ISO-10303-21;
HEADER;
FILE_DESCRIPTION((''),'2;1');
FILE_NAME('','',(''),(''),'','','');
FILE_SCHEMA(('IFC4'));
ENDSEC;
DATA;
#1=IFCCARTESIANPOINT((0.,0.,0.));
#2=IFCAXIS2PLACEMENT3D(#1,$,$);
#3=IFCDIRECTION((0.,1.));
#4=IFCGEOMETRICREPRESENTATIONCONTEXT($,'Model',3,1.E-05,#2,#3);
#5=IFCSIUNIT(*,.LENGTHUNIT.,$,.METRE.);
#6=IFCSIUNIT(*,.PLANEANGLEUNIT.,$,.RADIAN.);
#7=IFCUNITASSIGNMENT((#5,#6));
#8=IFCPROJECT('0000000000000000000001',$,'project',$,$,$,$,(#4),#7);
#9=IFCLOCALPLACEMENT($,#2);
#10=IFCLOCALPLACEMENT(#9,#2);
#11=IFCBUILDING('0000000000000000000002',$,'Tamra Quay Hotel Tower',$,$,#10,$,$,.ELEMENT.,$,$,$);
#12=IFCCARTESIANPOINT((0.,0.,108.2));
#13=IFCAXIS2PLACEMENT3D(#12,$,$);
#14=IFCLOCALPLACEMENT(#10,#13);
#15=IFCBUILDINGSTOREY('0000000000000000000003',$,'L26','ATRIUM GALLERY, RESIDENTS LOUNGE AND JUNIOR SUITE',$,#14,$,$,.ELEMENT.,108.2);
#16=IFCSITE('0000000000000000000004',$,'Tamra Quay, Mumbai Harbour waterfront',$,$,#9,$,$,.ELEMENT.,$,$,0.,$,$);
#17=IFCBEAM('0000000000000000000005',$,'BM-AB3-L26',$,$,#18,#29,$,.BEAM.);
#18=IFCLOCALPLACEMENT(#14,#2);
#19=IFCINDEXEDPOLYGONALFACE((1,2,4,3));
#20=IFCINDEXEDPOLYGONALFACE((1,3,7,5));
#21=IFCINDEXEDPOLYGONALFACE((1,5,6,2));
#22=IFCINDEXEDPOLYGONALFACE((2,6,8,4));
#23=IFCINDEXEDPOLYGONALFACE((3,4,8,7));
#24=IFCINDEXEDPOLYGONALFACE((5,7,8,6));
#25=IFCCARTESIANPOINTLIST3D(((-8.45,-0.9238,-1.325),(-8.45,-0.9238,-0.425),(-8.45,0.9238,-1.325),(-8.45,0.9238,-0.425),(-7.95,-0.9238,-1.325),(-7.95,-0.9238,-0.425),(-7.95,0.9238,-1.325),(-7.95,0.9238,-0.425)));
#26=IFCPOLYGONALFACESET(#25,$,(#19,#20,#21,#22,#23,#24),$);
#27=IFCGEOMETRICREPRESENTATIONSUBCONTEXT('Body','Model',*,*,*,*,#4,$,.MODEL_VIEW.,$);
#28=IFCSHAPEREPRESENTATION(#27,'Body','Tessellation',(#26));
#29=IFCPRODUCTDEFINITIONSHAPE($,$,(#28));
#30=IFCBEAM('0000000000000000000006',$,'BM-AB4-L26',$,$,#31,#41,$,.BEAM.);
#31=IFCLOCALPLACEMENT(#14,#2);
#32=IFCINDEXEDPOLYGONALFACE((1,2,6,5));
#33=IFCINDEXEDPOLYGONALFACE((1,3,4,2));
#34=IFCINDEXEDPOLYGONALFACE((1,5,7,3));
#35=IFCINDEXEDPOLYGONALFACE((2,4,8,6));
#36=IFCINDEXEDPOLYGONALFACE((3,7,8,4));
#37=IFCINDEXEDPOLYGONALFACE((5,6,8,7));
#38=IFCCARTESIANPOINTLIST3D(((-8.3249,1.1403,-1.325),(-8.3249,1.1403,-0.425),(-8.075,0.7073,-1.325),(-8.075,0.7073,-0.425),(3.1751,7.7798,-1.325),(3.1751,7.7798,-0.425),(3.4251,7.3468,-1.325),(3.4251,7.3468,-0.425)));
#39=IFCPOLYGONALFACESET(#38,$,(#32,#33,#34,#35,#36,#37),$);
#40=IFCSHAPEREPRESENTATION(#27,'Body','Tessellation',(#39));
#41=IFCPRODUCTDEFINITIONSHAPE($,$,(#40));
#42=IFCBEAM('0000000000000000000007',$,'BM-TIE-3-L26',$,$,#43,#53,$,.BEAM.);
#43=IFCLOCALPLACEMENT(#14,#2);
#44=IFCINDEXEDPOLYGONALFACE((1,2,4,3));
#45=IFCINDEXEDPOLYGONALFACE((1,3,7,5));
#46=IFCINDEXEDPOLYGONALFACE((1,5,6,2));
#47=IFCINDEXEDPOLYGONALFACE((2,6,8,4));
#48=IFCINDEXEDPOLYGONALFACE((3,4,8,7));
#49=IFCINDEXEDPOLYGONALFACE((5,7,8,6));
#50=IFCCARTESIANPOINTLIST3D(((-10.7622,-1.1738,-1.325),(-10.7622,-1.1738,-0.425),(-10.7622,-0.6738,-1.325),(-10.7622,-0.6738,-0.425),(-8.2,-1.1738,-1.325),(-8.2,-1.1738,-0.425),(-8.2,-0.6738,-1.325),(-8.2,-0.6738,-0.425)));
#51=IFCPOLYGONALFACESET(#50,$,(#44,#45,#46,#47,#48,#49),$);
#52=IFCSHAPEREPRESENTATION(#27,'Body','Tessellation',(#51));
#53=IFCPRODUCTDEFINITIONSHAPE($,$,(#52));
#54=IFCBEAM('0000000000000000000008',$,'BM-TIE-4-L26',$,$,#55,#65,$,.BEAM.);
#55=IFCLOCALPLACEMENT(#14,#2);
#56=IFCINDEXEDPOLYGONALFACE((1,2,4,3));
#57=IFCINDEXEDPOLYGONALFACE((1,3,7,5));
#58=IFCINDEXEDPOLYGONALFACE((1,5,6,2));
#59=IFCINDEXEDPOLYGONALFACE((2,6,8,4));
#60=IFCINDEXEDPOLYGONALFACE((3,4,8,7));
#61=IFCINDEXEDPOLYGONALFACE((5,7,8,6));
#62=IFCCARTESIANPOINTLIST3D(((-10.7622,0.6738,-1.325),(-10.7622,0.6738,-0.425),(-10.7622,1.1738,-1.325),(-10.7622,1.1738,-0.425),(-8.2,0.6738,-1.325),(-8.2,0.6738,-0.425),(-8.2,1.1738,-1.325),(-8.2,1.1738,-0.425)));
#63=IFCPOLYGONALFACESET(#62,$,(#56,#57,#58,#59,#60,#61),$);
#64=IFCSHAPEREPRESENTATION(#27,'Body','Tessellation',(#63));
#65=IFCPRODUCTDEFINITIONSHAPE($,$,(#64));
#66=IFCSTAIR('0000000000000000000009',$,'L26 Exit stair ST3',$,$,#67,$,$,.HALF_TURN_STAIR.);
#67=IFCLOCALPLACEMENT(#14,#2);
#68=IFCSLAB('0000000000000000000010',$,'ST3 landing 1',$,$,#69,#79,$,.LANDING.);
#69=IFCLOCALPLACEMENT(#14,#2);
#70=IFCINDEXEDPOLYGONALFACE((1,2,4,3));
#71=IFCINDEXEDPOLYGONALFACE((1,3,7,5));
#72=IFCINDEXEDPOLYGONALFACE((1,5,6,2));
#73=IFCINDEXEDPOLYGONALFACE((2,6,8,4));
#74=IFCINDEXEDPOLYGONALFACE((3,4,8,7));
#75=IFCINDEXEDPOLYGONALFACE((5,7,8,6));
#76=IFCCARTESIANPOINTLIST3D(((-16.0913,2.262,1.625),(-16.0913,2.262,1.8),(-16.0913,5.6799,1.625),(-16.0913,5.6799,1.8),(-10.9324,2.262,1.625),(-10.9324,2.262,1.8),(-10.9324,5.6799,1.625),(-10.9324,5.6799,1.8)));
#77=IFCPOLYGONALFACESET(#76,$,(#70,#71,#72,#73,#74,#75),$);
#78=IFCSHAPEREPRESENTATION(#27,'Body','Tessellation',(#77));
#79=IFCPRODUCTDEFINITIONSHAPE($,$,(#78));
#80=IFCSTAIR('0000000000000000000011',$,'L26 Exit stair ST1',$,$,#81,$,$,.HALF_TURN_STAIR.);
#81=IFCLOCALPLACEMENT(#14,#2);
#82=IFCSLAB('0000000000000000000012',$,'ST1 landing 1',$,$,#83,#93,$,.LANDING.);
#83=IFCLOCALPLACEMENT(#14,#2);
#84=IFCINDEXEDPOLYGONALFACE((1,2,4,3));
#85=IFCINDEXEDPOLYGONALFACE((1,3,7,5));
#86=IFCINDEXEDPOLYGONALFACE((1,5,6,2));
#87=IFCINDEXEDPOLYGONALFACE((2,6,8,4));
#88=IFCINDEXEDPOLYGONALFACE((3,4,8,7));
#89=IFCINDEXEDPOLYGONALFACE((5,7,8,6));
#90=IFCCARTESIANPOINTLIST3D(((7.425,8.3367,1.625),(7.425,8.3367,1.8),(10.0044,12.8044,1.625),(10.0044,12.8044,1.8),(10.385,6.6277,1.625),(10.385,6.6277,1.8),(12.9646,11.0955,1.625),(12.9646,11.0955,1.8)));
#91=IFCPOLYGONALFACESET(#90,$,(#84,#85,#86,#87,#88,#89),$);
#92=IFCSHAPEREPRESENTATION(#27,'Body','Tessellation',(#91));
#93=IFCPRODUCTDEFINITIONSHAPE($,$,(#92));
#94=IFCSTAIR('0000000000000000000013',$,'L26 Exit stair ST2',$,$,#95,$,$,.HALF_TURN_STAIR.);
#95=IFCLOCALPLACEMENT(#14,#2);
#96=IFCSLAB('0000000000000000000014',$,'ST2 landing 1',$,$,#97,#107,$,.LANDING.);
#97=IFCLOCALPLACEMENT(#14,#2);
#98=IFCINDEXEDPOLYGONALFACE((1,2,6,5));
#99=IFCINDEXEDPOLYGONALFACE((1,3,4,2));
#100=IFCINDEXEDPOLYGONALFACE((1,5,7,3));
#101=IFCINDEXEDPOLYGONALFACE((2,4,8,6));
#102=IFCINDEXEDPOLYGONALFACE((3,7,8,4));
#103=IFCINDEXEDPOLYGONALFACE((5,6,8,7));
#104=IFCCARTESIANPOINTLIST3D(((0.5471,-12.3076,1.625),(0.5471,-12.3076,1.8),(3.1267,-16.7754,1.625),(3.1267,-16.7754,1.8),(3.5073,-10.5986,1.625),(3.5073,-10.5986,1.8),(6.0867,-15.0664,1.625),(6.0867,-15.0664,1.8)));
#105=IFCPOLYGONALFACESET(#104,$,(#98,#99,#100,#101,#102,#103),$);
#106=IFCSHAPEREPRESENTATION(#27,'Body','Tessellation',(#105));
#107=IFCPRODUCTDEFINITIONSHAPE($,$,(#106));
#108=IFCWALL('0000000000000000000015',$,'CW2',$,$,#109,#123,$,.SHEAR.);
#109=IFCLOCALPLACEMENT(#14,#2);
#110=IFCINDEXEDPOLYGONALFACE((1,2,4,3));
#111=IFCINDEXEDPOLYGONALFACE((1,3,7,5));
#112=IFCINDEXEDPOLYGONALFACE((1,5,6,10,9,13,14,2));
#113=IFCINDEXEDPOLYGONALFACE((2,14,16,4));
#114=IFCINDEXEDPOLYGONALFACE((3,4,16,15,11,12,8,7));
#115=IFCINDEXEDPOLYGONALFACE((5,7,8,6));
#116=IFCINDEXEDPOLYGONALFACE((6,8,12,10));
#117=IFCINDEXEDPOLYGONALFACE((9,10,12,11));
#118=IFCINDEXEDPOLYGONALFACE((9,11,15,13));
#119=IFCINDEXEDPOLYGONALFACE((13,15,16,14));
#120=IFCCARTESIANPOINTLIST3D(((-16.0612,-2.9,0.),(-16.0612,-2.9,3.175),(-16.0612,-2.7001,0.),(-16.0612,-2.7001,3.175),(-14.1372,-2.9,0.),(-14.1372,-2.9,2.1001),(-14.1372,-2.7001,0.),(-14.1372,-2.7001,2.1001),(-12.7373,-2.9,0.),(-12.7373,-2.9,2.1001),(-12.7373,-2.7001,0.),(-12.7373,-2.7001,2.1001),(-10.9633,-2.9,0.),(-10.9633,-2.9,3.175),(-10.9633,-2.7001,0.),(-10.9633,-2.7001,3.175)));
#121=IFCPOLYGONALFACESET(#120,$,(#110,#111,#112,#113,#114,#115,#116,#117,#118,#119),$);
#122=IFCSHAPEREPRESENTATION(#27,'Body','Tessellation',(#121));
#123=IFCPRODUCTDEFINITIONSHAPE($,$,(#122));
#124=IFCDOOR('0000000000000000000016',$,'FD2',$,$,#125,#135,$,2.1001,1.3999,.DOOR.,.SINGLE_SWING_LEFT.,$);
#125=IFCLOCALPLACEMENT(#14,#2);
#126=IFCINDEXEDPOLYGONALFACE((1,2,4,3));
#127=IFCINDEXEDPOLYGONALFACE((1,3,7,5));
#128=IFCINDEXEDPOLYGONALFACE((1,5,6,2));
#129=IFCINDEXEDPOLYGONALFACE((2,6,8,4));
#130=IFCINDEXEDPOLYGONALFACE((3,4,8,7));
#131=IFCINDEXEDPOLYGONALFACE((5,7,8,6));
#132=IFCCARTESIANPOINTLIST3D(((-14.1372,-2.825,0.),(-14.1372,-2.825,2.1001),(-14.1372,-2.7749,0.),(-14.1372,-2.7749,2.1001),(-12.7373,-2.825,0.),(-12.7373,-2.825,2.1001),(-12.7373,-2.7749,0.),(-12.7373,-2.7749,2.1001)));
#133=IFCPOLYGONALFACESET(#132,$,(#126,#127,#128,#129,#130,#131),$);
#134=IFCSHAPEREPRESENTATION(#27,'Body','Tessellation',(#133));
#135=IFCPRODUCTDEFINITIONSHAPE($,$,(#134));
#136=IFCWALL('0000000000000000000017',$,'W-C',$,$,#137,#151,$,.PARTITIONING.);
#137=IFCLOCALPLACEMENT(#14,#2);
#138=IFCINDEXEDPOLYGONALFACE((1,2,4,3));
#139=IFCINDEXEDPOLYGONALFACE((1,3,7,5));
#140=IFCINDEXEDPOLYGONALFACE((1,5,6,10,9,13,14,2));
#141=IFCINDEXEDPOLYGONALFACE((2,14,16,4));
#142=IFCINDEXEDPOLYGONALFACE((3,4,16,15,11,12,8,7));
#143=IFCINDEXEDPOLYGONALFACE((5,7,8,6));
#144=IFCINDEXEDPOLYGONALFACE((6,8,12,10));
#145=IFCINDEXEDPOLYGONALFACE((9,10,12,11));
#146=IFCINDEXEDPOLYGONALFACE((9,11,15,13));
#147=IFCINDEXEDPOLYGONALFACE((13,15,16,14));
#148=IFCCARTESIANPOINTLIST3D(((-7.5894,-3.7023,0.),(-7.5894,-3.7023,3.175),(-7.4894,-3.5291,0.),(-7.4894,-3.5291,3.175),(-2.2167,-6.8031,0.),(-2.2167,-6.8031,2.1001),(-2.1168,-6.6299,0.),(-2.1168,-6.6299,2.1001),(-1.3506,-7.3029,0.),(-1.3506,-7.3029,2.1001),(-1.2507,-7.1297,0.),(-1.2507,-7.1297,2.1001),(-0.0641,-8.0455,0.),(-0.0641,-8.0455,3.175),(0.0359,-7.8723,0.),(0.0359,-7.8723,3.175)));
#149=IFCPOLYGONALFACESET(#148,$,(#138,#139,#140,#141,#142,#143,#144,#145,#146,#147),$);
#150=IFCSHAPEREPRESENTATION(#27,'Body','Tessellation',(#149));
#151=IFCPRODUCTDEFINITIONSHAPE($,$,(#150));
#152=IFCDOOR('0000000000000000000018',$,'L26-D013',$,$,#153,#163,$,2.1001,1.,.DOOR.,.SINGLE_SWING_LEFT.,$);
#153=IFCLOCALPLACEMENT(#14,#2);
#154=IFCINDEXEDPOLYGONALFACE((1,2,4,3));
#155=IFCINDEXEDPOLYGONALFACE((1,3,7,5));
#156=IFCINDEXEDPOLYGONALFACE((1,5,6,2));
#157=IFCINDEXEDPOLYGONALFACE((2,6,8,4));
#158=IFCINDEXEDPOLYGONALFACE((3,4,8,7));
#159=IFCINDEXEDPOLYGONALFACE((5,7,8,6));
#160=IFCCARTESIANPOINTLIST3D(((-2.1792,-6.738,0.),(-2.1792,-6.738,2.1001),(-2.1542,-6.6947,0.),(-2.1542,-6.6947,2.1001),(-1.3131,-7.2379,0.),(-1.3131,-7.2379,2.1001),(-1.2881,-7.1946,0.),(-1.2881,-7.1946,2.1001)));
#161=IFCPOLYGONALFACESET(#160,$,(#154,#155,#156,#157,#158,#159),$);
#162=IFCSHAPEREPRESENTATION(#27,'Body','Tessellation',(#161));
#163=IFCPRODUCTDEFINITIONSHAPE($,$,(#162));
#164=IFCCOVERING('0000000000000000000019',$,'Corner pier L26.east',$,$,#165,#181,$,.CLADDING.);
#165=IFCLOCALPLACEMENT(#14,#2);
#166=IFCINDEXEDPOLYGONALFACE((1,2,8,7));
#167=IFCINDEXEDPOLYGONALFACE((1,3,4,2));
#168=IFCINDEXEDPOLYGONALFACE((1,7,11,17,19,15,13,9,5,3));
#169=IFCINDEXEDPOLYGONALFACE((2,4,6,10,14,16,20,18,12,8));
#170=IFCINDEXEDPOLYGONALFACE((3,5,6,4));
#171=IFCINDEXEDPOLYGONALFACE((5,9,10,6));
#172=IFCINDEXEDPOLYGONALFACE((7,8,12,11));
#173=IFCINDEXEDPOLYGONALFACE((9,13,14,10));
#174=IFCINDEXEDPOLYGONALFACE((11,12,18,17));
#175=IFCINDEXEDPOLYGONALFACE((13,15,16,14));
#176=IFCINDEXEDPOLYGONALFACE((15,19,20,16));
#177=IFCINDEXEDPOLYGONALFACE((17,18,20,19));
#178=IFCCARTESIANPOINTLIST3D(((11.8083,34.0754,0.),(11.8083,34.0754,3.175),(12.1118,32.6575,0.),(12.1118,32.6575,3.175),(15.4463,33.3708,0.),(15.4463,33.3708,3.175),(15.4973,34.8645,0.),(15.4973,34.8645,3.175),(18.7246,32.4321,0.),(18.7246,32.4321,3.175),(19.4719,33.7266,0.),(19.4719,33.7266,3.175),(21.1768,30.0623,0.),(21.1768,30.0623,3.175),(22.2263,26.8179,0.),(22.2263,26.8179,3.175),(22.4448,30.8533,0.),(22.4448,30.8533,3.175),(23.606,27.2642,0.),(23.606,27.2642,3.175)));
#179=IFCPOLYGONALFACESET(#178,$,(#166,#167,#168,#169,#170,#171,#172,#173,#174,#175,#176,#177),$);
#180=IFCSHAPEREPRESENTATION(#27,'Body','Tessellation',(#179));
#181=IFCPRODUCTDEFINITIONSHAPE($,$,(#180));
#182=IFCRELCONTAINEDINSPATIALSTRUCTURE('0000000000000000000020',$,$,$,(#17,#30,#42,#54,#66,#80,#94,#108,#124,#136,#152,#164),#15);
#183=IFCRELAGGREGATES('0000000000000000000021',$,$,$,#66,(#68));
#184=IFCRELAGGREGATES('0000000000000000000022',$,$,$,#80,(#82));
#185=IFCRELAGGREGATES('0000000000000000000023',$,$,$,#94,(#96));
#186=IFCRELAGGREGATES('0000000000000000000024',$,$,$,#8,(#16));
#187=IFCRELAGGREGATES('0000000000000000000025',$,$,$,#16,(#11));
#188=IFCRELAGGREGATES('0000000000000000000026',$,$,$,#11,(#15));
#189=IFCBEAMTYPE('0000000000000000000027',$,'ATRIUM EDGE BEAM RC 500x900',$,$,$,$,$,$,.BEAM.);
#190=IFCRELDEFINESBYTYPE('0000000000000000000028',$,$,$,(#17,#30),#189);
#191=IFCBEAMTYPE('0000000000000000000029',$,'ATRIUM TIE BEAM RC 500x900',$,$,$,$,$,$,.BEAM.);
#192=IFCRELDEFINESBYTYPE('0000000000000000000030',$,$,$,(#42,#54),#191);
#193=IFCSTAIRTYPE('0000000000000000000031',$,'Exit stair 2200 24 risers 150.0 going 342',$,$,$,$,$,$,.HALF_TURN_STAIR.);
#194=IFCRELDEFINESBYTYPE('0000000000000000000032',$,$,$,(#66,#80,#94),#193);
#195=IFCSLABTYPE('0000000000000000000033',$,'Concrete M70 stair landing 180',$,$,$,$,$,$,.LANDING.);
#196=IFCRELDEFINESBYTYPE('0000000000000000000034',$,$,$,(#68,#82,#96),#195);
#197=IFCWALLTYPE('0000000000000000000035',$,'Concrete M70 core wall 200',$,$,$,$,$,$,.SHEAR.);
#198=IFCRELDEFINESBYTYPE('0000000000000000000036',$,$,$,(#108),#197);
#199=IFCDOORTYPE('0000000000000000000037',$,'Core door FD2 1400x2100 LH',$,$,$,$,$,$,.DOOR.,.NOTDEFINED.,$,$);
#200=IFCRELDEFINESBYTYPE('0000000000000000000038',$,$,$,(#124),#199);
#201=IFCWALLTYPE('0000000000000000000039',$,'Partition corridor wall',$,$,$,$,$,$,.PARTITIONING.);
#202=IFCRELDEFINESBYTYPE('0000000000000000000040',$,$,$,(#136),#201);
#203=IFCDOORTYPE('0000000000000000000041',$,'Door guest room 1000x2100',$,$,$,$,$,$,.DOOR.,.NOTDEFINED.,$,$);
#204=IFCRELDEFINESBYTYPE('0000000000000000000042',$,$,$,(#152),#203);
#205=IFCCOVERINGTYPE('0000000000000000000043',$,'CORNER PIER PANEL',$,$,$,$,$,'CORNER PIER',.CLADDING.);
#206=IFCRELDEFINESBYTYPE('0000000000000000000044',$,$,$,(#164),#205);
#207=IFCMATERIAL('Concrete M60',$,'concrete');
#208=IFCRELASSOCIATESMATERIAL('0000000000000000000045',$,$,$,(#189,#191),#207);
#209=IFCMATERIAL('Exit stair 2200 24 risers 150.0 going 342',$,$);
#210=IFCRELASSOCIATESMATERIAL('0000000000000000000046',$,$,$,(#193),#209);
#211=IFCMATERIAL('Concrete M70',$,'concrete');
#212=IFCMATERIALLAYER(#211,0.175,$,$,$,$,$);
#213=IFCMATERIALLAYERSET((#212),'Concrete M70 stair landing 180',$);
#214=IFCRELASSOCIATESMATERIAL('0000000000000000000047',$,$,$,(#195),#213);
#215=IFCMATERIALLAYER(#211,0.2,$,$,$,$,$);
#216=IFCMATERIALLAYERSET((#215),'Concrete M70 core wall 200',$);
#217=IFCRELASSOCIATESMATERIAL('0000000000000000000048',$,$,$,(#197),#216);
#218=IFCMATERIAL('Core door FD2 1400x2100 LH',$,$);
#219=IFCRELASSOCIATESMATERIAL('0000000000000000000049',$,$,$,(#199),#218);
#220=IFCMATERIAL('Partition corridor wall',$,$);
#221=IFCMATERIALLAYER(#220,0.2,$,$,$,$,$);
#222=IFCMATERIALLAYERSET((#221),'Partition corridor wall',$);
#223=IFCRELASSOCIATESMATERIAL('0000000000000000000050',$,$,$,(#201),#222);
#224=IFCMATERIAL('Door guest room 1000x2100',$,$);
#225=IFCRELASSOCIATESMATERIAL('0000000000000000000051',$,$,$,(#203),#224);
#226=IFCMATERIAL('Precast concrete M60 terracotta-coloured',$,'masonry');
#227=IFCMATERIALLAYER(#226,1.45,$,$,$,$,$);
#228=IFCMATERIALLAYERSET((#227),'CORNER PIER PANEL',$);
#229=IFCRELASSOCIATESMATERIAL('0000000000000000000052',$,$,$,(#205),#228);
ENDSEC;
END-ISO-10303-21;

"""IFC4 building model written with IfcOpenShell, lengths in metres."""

from ifc_helpers import new_model, si_unit, direction, frame, frame_2d, origin, origin_2d, place, context, subcontext, project, spatial, polyline, rectangle, outline, extrude, material, layer, layer_set, material_profile, profile_set, type_object, element, fill, aggregate, save


model = new_model("IFC4")

# Units and contexts
model_context = context("Model", 3, precision=1e-05, world=origin(), true_north=direction((0.0, 1.0)))
body_context = subcontext(model_context, "Body", "Model", "MODEL_VIEW")
ifc_project = project(units=[si_unit("LENGTHUNIT", "METRE"), si_unit("PLANEANGLEUNIT", "RADIAN")], contexts=[model_context])

# Site, building, storey
site_placement = place(None, origin())
site = spatial("IfcSite", under=ifc_project, at=site_placement, Name="Tamra Quay, Mumbai Harbour waterfront", CompositionType="ELEMENT", RefElevation=0.0)
building_placement = place(site_placement, origin())
building = spatial("IfcBuilding", under=site, at=building_placement, Name="Tamra Quay Hotel Tower", CompositionType="ELEMENT")
storey_placement = place(building_placement, frame((0.0, 0.0, 108.2)))
storey = spatial("IfcBuildingStorey", under=building, at=storey_placement, Name="L26", Description="ATRIUM GALLERY, RESIDENTS LOUNGE AND JUNIOR SUITE", CompositionType="ELEMENT", Elevation=108.2)

# Beams
ifc_material_1 = material(Name="Concrete M60", Category="concrete")
ifc_material_profile_1 = material_profile(ifc_material_1, rectangle(XDim=0.5, YDim=0.8999, at=origin_2d()), Name="ATRIUM EDGE BEAM RC 500x900")
ifc_profile_set_1 = profile_set([ifc_material_profile_1], Name="Concrete M60")
beam_type_1 = type_object("IfcBeamType", Name="ATRIUM EDGE BEAM RC 500x900", PredefinedType="BEAM", material=ifc_profile_set_1)
beam_1_placement = place(storey_placement, frame((-8.2, -0.9238, -0.875), z_axis=(0.0, 1.0, 0.0), x_axis=(-1.0, 0.0, 0.0)))
element("IfcBeam", 1, at=beam_1_placement, inside=storey, type_object=beam_type_1, Name="BM-AB3-L26", PredefinedType="BEAM", context=body_context, shape_type="SweptSolid", body=[
    extrude(rectangle(XDim=0.5, YDim=0.8999, at=origin_2d()), origin(), (0.0, 0.0, 1.0), 1.8477),
])
beam_2_placement = place(storey_placement, frame((-8.2, 0.9238, -0.875), z_axis=(0.866029, 0.499993, 0.0), x_axis=(-0.499993, 0.866029, 0.0)))
element("IfcBeam", 2, at=beam_2_placement, inside=storey, type_object=beam_type_1, Name="BM-AB4-L26", PredefinedType="BEAM", context=body_context, shape_type="SweptSolid", body=[
    extrude(rectangle(XDim=0.5, YDim=0.8999, at=origin_2d()), origin(), (0.0, 0.0, 1.0), 13.2791),
])
ifc_material_profile_2 = material_profile(ifc_material_1, rectangle(XDim=0.5, YDim=0.8999, at=origin_2d()), Name="ATRIUM TIE BEAM RC 500x900")
ifc_profile_set_2 = profile_set([ifc_material_profile_2], Name="Concrete M60")
beam_type_2 = type_object("IfcBeamType", Name="ATRIUM TIE BEAM RC 500x900", PredefinedType="BEAM", material=ifc_profile_set_2)
for number, where, z_axis, x_axis, name in (
    (3, (-8.2, -0.9238, -0.875), (-1.0, 0.0, 0.0), (0.0, -1.0, 0.0), "BM-TIE-3-L26"),
    (4, (-8.2, 0.9238, -0.875), (-1.0, 0.0, 0.0), (0.0, -1.0, 0.0), "BM-TIE-4-L26"),
):
    element("IfcBeam", number, at=place(storey_placement, frame(where, z_axis=z_axis, x_axis=x_axis)), inside=storey, type_object=beam_type_2, Name=name, PredefinedType="BEAM", context=body_context, shape_type="SweptSolid", body=[
        extrude(rectangle(XDim=0.5, YDim=0.8999, at=origin_2d()), origin(), (0.0, 0.0, 1.0), 2.5623),
    ])

# Stairs, slabs
ifc_material_2 = material(Name="Exit stair 2200 24 risers 150.0 going 342")
stair_type = type_object("IfcStairType", Name="Exit stair 2200 24 risers 150.0 going 342", PredefinedType="HALF_TURN_STAIR", material=ifc_material_2)
stair_1_placement = place(storey_placement, origin())
stair_1 = element("IfcStair", 5, at=stair_1_placement, inside=storey, type_object=stair_type, Name="L26 Exit stair ST3", PredefinedType="HALF_TURN_STAIR")
ifc_material_3 = material(Name="Concrete M70", Category="concrete")
ifc_layer_1 = layer(ifc_material_3, 0.175)
ifc_layer_set_1 = layer_set([ifc_layer_1], Name="Concrete M70 stair landing 180")
slab_type_1 = type_object("IfcSlabType", Name="Concrete M70 stair landing 180", PredefinedType="LANDING", material=ifc_layer_set_1)
slab_1_placement = place(storey_placement, frame((0.0, 0.0, 1.625)))
slab_1 = element("IfcSlab", 6, at=slab_1_placement, type_object=slab_type_1, Name="ST3 landing 1", PredefinedType="LANDING", context=body_context, shape_type="SweptSolid", body=[
    extrude(outline(polyline([(-10.9324, 2.262), (-10.9324, 5.6799), (-16.0913, 5.6799), (-16.0913, 2.262), (-10.9324, 2.262)])), origin(), (0.0, 0.0, 1.0), 0.175),
])
aggregate(stair_1, [slab_1])
stair_2_placement = place(storey_placement, origin())
stair_2 = element("IfcStair", 7, at=stair_2_placement, inside=storey, type_object=stair_type, Name="L26 Exit stair ST1", PredefinedType="HALF_TURN_STAIR")
slab_2_placement = place(storey_placement, frame((0.0, 0.0, 1.625)))
slab_2 = element("IfcSlab", 8, at=slab_2_placement, type_object=slab_type_1, Name="ST1 landing 1", PredefinedType="LANDING", context=body_context, shape_type="SweptSolid", body=[
    extrude(outline(polyline([(7.425, 8.3367), (10.385, 6.6277), (12.9646, 11.0955), (10.0044, 12.8044), (7.425, 8.3367)])), origin(), (0.0, 0.0, 1.0), 0.175),
])
aggregate(stair_2, [slab_2])
stair_3_placement = place(storey_placement, origin())
stair_3 = element("IfcStair", 9, at=stair_3_placement, inside=storey, type_object=stair_type, Name="L26 Exit stair ST2", PredefinedType="HALF_TURN_STAIR")
slab_3_placement = place(storey_placement, frame((0.0, 0.0, 1.625)))
slab_3 = element("IfcSlab", 10, at=slab_3_placement, type_object=slab_type_1, Name="ST2 landing 1", PredefinedType="LANDING", context=body_context, shape_type="SweptSolid", body=[
    extrude(outline(polyline([(3.5073, -10.5986), (0.5471, -12.3076), (3.1267, -16.7754), (6.0867, -15.0664), (3.5073, -10.5986)])), origin(), (0.0, 0.0, 1.0), 0.175),
])
aggregate(stair_3, [slab_3])

# Walls, openings, doors
ifc_layer_2 = layer(ifc_material_3, 0.2)
ifc_layer_set_2 = layer_set([ifc_layer_2], Name="Concrete M70 core wall 200")
wall_type_1 = type_object("IfcWallType", Name="Concrete M70 core wall 200", PredefinedType="SHEAR", material=ifc_layer_set_2)
wall_1_placement = place(storey_placement, frame((-10.9634, -2.8, 0.0), z_axis=(0.0, 0.0, 1.0), x_axis=(-1.0, 0.0, 0.0)))
wall_1 = element("IfcWall", 11, at=wall_1_placement, inside=storey, type_object=wall_type_1, Name="CW2", PredefinedType="SHEAR", context=body_context, shape_type="SweptSolid", body=[
    extrude(rectangle(XDim=5.0979, YDim=0.2, at=frame_2d((2.5488, 0.0))), origin(), (0.0, 0.0, 1.0), 3.175),
])
opening_1_placement = place(wall_1_placement, frame((1.7739, 0.0, 0.0)))
opening_1 = element("IfcOpeningElement", 12, at=opening_1_placement, cuts=wall_1, PredefinedType="OPENING", context=body_context, shape_type="SweptSolid", body=[
    extrude(rectangle(XDim=1.3999, YDim=2.1001, at=frame_2d((0.7, 1.05))), frame((0.0, 0.1099, 0.0), z_axis=(0.0, -1.0, 0.0), x_axis=(1.0, 0.0, 0.0)), (0.0, 0.0, 1.0), 0.22),
])
ifc_material_4 = material(Name="Core door FD2 1400x2100 LH")
door_type_1 = type_object("IfcDoorType", Name="Core door FD2 1400x2100 LH", OperationType="NOTDEFINED", PredefinedType="DOOR", material=ifc_material_4)
door_1_placement = place(opening_1_placement, origin())
door_1 = element("IfcDoor", 13, at=door_1_placement, inside=storey, type_object=door_type_1, Name="FD2", OperationType="SINGLE_SWING_LEFT", OverallHeight=2.1001, OverallWidth=1.3999, PredefinedType="DOOR", context=body_context, shape_type="SweptSolid", body=[
    extrude(rectangle(XDim=1.3999, YDim=2.1001, at=frame_2d((0.7, 1.05))), frame((0.0, 0.0249, 0.0), z_axis=(0.0, -1.0, 0.0), x_axis=(1.0, 0.0, 0.0)), (0.0, 0.0, 1.0), 0.05),
])
fill(opening_1, door_1)
ifc_material_5 = material(Name="Partition corridor wall")
ifc_layer_3 = layer(ifc_material_5, 0.2)
ifc_layer_set_3 = layer_set([ifc_layer_3], Name="Partition corridor wall")
wall_type_2 = type_object("IfcWallType", Name="Partition corridor wall", PredefinedType="PARTITIONING", material=ifc_layer_set_3)
wall_2_placement = place(storey_placement, frame((-7.5393, -3.6157, 0.0), z_axis=(0.0, 0.0, 1.0), x_axis=(0.866101, -0.499868, 0.0)))
wall_2 = element("IfcWall", 14, at=wall_2_placement, inside=storey, type_object=wall_type_2, Name="W-C", PredefinedType="PARTITIONING", context=body_context, shape_type="SweptSolid", body=[
    extrude(rectangle(XDim=8.6887, YDim=0.2, at=frame_2d((4.3442, 0.0))), origin(), (0.0, 0.0, 1.0), 3.175),
])
opening_2_placement = place(wall_2_placement, frame((6.2031, 0.0, 0.0)))
opening_2 = element("IfcOpeningElement", 15, at=opening_2_placement, cuts=wall_2, PredefinedType="OPENING", context=body_context, shape_type="SweptSolid", body=[
    extrude(rectangle(XDim=1.0, YDim=2.1001, at=frame_2d((0.5, 1.05))), frame((0.0, 0.1099, 0.0), z_axis=(0.0, -1.0, 0.0), x_axis=(1.0, 0.0, 0.0)), (0.0, 0.0, 1.0), 0.22),
])
ifc_material_6 = material(Name="Door guest room 1000x2100")
door_type_2 = type_object("IfcDoorType", Name="Door guest room 1000x2100", OperationType="NOTDEFINED", PredefinedType="DOOR", material=ifc_material_6)
door_2_placement = place(opening_2_placement, frame((1.0, 0.0, 0.0), z_axis=(0.0, 0.0, 1.0), x_axis=(-1.0, 0.0, 0.0)))
door_2 = element("IfcDoor", 16, at=door_2_placement, inside=storey, type_object=door_type_2, Name="L26-D013", OperationType="SINGLE_SWING_LEFT", OverallHeight=2.1001, OverallWidth=1.0, PredefinedType="DOOR", context=body_context, shape_type="SweptSolid", body=[
    extrude(rectangle(XDim=1.0, YDim=2.1001, at=frame_2d((0.5, 1.05))), frame((0.0, 0.0249, 0.0), z_axis=(0.0, -1.0, 0.0), x_axis=(1.0, 0.0, 0.0)), (0.0, 0.0, 1.0), 0.05),
])
fill(opening_2, door_2)

# Covering
ifc_material_7 = material(Name="Precast concrete M60 terracotta-coloured", Category="masonry")
ifc_layer_4 = layer(ifc_material_7, 1.45)
ifc_layer_set_4 = layer_set([ifc_layer_4], Name="CORNER PIER PANEL")
covering_type = type_object("IfcCoveringType", Name="CORNER PIER PANEL", ElementType="CORNER PIER", PredefinedType="CLADDING", material=ifc_layer_set_4)
covering_1_placement = place(storey_placement, origin())
element("IfcCovering", 17, at=covering_1_placement, inside=storey, type_object=covering_type, Name="Corner pier L26.east", PredefinedType="CLADDING", context=body_context, shape_type="SweptSolid", body=[
    extrude(outline(polyline([(22.2263, 26.8179), (23.606, 27.2642), (22.4448, 30.8533), (19.4719, 33.7266), (15.4973, 34.8645), (11.8083, 34.0754), (12.1118, 32.6575), (15.4463, 33.3708), (18.7246, 32.4321), (21.1768, 30.0623), (22.2263, 26.8179)])), origin(), (0.0, 0.0, 1.0), 3.175),
])

save(model, "model.ifc")
